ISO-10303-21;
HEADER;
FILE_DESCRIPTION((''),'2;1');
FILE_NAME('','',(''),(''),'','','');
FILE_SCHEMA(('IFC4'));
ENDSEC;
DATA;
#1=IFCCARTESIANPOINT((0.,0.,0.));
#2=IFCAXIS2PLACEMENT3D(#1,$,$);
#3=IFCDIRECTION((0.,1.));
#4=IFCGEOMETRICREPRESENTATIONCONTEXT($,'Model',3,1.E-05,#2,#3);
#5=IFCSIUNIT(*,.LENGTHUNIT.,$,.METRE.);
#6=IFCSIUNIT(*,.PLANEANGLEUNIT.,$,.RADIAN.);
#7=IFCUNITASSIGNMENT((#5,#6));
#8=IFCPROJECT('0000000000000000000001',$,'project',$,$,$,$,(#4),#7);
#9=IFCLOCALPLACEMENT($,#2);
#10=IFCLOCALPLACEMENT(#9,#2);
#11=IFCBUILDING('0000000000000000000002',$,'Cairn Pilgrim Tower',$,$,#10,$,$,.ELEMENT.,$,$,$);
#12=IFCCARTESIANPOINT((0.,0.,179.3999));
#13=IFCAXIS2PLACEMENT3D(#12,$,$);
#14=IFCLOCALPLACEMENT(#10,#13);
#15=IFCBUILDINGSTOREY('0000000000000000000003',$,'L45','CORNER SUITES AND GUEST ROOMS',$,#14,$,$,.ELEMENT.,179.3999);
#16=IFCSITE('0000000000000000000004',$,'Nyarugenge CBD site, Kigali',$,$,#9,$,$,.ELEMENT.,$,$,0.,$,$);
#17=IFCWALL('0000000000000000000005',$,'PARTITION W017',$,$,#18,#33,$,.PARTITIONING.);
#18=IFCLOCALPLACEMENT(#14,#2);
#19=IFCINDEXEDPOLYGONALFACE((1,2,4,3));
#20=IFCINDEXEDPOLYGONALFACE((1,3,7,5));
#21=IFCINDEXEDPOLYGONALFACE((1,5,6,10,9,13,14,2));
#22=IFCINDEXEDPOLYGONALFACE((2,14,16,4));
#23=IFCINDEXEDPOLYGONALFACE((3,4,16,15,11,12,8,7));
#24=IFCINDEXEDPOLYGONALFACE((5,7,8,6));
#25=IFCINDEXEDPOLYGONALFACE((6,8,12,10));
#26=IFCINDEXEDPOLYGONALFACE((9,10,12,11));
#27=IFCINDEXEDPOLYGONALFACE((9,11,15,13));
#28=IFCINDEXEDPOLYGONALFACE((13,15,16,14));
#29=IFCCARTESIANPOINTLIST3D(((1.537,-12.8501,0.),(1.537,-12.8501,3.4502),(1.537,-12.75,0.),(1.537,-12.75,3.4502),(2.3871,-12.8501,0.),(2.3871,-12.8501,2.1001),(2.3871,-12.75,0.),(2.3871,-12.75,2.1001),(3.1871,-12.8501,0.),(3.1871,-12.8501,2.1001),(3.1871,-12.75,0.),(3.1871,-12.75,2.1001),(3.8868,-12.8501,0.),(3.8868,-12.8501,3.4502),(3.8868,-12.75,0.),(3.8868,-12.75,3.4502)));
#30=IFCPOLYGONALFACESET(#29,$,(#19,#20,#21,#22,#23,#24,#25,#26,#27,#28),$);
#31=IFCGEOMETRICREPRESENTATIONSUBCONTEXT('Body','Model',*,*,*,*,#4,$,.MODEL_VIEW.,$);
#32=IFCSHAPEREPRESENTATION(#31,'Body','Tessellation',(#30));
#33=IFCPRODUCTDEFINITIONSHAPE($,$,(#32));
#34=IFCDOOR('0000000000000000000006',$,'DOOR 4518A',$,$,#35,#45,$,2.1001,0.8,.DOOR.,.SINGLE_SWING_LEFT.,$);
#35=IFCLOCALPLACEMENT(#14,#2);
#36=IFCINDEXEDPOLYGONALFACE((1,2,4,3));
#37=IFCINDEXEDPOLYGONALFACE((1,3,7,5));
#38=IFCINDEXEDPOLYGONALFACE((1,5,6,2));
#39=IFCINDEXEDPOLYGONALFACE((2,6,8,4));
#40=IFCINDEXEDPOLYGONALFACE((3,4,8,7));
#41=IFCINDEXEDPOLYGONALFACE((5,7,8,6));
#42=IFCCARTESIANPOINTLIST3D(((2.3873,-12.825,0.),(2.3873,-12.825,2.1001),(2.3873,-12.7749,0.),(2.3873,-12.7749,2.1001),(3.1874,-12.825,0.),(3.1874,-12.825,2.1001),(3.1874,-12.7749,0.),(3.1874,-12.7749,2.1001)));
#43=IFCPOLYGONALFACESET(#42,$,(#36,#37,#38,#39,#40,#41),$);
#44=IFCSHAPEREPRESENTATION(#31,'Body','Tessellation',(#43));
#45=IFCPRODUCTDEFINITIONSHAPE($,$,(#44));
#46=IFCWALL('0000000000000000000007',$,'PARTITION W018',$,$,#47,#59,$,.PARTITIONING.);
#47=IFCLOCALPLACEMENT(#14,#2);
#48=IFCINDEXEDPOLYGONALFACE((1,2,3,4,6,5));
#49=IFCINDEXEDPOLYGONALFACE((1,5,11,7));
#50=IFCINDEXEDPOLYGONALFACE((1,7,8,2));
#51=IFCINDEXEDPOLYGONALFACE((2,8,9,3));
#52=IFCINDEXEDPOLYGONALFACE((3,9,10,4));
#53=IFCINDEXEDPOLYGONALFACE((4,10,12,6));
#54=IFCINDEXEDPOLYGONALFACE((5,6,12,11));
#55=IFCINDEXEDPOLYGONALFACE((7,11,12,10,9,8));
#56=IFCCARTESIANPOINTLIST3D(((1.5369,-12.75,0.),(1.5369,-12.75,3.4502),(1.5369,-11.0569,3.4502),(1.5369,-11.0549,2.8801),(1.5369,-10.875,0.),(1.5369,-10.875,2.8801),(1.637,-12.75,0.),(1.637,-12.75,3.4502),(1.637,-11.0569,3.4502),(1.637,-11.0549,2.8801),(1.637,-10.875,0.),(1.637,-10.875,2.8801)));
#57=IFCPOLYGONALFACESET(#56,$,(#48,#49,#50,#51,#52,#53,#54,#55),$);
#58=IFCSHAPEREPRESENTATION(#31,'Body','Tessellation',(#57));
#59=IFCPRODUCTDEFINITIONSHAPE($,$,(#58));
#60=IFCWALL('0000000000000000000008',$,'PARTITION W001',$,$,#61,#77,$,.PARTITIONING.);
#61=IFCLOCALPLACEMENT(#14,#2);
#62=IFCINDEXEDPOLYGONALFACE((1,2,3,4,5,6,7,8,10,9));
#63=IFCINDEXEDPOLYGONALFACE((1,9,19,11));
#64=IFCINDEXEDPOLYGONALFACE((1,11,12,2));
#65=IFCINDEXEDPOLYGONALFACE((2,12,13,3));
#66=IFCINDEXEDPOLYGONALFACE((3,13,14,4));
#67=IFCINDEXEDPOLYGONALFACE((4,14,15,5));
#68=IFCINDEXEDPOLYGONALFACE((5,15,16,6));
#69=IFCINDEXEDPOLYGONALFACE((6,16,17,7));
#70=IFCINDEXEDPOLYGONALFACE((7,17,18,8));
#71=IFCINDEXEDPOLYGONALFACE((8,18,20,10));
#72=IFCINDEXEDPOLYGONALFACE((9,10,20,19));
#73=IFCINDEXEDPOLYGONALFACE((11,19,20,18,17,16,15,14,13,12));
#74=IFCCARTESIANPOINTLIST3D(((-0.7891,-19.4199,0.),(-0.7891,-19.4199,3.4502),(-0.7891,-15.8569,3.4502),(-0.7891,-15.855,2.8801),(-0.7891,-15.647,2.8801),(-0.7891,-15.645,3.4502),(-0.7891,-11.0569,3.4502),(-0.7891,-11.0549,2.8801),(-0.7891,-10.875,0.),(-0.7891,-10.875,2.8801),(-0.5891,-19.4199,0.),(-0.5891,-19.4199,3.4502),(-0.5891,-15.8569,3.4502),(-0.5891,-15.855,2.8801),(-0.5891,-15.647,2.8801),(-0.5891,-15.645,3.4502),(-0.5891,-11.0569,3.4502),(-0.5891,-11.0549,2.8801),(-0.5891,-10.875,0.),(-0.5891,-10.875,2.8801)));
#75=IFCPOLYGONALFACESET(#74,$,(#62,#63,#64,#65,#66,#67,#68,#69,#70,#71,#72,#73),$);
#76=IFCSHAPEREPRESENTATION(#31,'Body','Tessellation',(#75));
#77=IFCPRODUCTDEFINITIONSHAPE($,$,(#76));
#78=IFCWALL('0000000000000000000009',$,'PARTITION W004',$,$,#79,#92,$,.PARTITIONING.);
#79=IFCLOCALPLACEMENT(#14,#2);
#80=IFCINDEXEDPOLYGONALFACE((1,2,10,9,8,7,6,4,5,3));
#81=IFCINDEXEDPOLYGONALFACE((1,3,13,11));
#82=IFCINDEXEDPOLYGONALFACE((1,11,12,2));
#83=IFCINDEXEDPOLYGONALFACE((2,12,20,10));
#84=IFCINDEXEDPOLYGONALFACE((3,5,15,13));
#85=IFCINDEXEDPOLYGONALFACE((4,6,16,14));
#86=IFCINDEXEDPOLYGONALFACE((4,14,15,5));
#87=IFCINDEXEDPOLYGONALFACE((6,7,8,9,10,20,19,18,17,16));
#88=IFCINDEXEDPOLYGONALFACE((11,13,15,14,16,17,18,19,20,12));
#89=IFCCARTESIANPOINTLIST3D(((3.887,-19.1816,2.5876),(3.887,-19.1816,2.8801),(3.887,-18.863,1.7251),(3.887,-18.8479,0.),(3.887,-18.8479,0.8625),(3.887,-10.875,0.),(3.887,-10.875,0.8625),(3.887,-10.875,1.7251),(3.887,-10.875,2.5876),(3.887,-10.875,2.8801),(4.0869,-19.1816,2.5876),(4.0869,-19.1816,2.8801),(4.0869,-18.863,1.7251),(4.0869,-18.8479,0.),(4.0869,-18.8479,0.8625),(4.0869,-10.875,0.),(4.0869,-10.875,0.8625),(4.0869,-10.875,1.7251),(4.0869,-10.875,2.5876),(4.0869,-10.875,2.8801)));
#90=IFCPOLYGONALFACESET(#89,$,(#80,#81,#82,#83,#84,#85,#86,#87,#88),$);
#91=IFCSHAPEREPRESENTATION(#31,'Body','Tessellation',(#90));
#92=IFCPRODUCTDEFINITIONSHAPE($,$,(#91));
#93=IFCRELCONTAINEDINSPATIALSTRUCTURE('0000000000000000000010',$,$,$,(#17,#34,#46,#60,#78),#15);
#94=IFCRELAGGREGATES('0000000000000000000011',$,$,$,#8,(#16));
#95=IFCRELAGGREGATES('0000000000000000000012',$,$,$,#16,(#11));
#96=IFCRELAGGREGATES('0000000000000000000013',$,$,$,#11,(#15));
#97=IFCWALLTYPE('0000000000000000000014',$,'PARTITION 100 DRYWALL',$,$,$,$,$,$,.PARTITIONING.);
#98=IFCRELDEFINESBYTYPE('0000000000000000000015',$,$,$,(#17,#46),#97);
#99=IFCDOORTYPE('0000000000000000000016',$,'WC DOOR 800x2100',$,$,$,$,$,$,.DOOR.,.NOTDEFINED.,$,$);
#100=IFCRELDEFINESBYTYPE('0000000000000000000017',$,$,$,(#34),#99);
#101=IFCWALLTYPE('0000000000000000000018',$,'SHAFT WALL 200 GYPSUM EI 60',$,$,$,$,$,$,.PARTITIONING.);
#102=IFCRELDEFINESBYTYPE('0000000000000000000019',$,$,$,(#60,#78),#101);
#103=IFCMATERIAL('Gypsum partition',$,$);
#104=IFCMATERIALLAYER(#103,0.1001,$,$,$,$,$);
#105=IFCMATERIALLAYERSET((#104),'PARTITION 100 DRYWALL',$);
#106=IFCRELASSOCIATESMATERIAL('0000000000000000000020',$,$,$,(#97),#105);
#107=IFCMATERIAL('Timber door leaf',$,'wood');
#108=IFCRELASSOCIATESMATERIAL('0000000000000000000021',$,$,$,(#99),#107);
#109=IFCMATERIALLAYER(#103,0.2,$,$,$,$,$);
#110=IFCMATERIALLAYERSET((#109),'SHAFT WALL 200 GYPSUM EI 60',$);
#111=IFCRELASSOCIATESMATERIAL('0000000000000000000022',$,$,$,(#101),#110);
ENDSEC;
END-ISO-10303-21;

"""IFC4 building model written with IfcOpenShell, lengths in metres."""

from ifc_helpers import new_model, si_unit, direction, frame, frame_2d, origin, place, context, subcontext, project, spatial, polyline, rectangle, outline, extrude, material, layer, layer_set, type_object, element, fill, save


model = new_model("IFC4")

# Units and contexts
model_context = context("Model", 3, precision=1e-05, world=origin(), true_north=direction((0.0, 1.0)))
body_context = subcontext(model_context, "Body", "Model", "MODEL_VIEW")
ifc_project = project(units=[si_unit("LENGTHUNIT", "METRE"), si_unit("PLANEANGLEUNIT", "RADIAN")], contexts=[model_context])

# Site, building, storey
site_placement = place(None, origin())
site = spatial("IfcSite", under=ifc_project, at=site_placement, Name="Nyarugenge CBD site, Kigali", CompositionType="ELEMENT", RefElevation=0.0)
building_placement = place(site_placement, origin())
building = spatial("IfcBuilding", under=site, at=building_placement, Name="Cairn Pilgrim Tower", CompositionType="ELEMENT")
storey_placement = place(building_placement, frame((0.0, 0.0, 179.3999)))
storey = spatial("IfcBuildingStorey", under=building, at=storey_placement, Name="L45", Description="CORNER SUITES AND GUEST ROOMS", CompositionType="ELEMENT", Elevation=179.3999)

# Shared definitions
ifc_material_1 = material(Name="Gypsum partition")
ifc_layer_1 = layer(ifc_material_1, 0.1001)
ifc_layer_set_1 = layer_set([ifc_layer_1], Name="PARTITION 100 DRYWALL")
wall_type_1 = type_object("IfcWallType", Name="PARTITION 100 DRYWALL", PredefinedType="PARTITIONING", material=ifc_layer_set_1)

# Shared definitions
ifc_material_2 = material(Name="Timber door leaf", Category="wood")
door_type_1 = type_object("IfcDoorType", Name="WC DOOR 800x2100", OperationType="NOTDEFINED", PredefinedType="DOOR", material=ifc_material_2)

# Wall, opening, door
wall_1_placement = place(storey_placement, frame((1.5371, -12.8, 0.0), z_axis=(0.0, 0.0, 1.0), x_axis=(1.0, 0.0, 0.0)))
wall_1 = element("IfcWall", 1, at=wall_1_placement, inside=storey, type_object=wall_type_1, Name="PARTITION W017", PredefinedType="PARTITIONING", context=body_context, shape_type="SweptSolid", body=[
    extrude(rectangle(XDim=2.3499, YDim=0.1001, at=frame_2d((1.1748, 0.0))), origin(), (0.0, 0.0, 1.0), 3.4502),
])
opening_1_placement = place(wall_1_placement, frame((0.8501, 0.0, 0.0)))
opening_1 = element("IfcOpeningElement", 2, at=opening_1_placement, cuts=wall_1, PredefinedType="OPENING", context=body_context, shape_type="SweptSolid", body=[
    extrude(rectangle(XDim=0.8, YDim=2.1001, at=frame_2d((0.3999, 1.05))), frame((0.0, 0.0601, 0.0), z_axis=(0.0, -1.0, 0.0), x_axis=(1.0, 0.0, 0.0)), (0.0, 0.0, 1.0), 0.1201),
])
door_1_placement = place(opening_1_placement, frame((0.8, 0.0, 0.0), z_axis=(0.0, 0.0, 1.0), x_axis=(-1.0, 0.0, 0.0)))
door_1 = element("IfcDoor", 3, at=door_1_placement, inside=storey, type_object=door_type_1, Name="DOOR 4518A", OperationType="SINGLE_SWING_LEFT", OverallHeight=2.1001, OverallWidth=0.8, PredefinedType="DOOR", context=body_context, shape_type="SweptSolid", body=[
    extrude(rectangle(XDim=0.8, YDim=2.1001, at=frame_2d((0.3999, 1.05))), frame((0.0, 0.0249, 0.0), z_axis=(0.0, -1.0, 0.0), x_axis=(1.0, 0.0, 0.0)), (0.0, 0.0, 1.0), 0.05),
])
fill(opening_1, door_1)

# Walls
wall_2_placement = place(storey_placement, frame((1.5869, -12.75, 0.0), z_axis=(0.0, 0.0, 1.0), x_axis=(0.0, 1.0, 0.0)))
element("IfcWall", 4, at=wall_2_placement, inside=storey, type_object=wall_type_1, Name="PARTITION W018", PredefinedType="PARTITIONING", context=body_context, shape_type="SweptSolid", body=[
    extrude(outline(polyline([(0.0, 0.0), (1.875, 0.0), (1.875, 2.8801), (1.6951, 2.8801), (1.6931, 3.4502), (0.0, 3.4502), (0.0, 0.0)])), frame((0.0, 0.05, 0.0), z_axis=(0.0, -1.0, 0.0), x_axis=(1.0, 0.0, 0.0)), (0.0, 0.0, 1.0), 0.1001),
])
ifc_layer_2 = layer(ifc_material_1, 0.2)
ifc_layer_set_2 = layer_set([ifc_layer_2], Name="SHAFT WALL 200 GYPSUM EI 60")
wall_type_2 = type_object("IfcWallType", Name="SHAFT WALL 200 GYPSUM EI 60", PredefinedType="PARTITIONING", material=ifc_layer_set_2)
wall_3_placement = place(storey_placement, frame((-0.689, -19.4199, 0.0), z_axis=(0.0, 0.0, 1.0), x_axis=(0.0, 1.0, 0.0)))
element("IfcWall", 5, at=wall_3_placement, inside=storey, type_object=wall_type_2, Name="PARTITION W001", PredefinedType="PARTITIONING", context=body_context, shape_type="SweptSolid", body=[
    extrude(outline(polyline([(0.0, 0.0), (8.5449, 0.0), (8.5449, 2.8801), (8.365, 2.8801), (8.363, 3.4502), (3.7749, 3.4502), (3.7729, 2.8801), (3.5649, 2.8801), (3.563, 3.4502), (0.0, 3.4502), (0.0, 0.0)])), frame((0.0, 0.1001, 0.0), z_axis=(0.0, -1.0, 0.0), x_axis=(1.0, 0.0, 0.0)), (0.0, 0.0, 1.0), 0.2),
])
wall_4_placement = place(storey_placement, frame((3.9871, -19.1816, 0.0), z_axis=(0.0, 0.0, 1.0), x_axis=(0.0, 1.0, 0.0)))
element("IfcWall", 6, at=wall_4_placement, inside=storey, type_object=wall_type_2, Name="PARTITION W004", PredefinedType="PARTITIONING", context=body_context, shape_type="SweptSolid", body=[
    extrude(outline(polyline([(0.3337, 0.0), (8.3066, 0.0), (8.3066, 0.8625), (8.3066, 1.7251), (8.3066, 2.5876), (8.3066, 2.8801), (0.0, 2.8801), (0.0, 2.5876), (0.3186, 1.7251), (0.3337, 0.8625), (0.3337, 0.0)])), frame((0.0, 0.1001, 0.0), z_axis=(0.0, -1.0, 0.0), x_axis=(1.0, 0.0, 0.0)), (0.0, 0.0, 1.0), 0.2),
])

save(model, "model.ifc")
